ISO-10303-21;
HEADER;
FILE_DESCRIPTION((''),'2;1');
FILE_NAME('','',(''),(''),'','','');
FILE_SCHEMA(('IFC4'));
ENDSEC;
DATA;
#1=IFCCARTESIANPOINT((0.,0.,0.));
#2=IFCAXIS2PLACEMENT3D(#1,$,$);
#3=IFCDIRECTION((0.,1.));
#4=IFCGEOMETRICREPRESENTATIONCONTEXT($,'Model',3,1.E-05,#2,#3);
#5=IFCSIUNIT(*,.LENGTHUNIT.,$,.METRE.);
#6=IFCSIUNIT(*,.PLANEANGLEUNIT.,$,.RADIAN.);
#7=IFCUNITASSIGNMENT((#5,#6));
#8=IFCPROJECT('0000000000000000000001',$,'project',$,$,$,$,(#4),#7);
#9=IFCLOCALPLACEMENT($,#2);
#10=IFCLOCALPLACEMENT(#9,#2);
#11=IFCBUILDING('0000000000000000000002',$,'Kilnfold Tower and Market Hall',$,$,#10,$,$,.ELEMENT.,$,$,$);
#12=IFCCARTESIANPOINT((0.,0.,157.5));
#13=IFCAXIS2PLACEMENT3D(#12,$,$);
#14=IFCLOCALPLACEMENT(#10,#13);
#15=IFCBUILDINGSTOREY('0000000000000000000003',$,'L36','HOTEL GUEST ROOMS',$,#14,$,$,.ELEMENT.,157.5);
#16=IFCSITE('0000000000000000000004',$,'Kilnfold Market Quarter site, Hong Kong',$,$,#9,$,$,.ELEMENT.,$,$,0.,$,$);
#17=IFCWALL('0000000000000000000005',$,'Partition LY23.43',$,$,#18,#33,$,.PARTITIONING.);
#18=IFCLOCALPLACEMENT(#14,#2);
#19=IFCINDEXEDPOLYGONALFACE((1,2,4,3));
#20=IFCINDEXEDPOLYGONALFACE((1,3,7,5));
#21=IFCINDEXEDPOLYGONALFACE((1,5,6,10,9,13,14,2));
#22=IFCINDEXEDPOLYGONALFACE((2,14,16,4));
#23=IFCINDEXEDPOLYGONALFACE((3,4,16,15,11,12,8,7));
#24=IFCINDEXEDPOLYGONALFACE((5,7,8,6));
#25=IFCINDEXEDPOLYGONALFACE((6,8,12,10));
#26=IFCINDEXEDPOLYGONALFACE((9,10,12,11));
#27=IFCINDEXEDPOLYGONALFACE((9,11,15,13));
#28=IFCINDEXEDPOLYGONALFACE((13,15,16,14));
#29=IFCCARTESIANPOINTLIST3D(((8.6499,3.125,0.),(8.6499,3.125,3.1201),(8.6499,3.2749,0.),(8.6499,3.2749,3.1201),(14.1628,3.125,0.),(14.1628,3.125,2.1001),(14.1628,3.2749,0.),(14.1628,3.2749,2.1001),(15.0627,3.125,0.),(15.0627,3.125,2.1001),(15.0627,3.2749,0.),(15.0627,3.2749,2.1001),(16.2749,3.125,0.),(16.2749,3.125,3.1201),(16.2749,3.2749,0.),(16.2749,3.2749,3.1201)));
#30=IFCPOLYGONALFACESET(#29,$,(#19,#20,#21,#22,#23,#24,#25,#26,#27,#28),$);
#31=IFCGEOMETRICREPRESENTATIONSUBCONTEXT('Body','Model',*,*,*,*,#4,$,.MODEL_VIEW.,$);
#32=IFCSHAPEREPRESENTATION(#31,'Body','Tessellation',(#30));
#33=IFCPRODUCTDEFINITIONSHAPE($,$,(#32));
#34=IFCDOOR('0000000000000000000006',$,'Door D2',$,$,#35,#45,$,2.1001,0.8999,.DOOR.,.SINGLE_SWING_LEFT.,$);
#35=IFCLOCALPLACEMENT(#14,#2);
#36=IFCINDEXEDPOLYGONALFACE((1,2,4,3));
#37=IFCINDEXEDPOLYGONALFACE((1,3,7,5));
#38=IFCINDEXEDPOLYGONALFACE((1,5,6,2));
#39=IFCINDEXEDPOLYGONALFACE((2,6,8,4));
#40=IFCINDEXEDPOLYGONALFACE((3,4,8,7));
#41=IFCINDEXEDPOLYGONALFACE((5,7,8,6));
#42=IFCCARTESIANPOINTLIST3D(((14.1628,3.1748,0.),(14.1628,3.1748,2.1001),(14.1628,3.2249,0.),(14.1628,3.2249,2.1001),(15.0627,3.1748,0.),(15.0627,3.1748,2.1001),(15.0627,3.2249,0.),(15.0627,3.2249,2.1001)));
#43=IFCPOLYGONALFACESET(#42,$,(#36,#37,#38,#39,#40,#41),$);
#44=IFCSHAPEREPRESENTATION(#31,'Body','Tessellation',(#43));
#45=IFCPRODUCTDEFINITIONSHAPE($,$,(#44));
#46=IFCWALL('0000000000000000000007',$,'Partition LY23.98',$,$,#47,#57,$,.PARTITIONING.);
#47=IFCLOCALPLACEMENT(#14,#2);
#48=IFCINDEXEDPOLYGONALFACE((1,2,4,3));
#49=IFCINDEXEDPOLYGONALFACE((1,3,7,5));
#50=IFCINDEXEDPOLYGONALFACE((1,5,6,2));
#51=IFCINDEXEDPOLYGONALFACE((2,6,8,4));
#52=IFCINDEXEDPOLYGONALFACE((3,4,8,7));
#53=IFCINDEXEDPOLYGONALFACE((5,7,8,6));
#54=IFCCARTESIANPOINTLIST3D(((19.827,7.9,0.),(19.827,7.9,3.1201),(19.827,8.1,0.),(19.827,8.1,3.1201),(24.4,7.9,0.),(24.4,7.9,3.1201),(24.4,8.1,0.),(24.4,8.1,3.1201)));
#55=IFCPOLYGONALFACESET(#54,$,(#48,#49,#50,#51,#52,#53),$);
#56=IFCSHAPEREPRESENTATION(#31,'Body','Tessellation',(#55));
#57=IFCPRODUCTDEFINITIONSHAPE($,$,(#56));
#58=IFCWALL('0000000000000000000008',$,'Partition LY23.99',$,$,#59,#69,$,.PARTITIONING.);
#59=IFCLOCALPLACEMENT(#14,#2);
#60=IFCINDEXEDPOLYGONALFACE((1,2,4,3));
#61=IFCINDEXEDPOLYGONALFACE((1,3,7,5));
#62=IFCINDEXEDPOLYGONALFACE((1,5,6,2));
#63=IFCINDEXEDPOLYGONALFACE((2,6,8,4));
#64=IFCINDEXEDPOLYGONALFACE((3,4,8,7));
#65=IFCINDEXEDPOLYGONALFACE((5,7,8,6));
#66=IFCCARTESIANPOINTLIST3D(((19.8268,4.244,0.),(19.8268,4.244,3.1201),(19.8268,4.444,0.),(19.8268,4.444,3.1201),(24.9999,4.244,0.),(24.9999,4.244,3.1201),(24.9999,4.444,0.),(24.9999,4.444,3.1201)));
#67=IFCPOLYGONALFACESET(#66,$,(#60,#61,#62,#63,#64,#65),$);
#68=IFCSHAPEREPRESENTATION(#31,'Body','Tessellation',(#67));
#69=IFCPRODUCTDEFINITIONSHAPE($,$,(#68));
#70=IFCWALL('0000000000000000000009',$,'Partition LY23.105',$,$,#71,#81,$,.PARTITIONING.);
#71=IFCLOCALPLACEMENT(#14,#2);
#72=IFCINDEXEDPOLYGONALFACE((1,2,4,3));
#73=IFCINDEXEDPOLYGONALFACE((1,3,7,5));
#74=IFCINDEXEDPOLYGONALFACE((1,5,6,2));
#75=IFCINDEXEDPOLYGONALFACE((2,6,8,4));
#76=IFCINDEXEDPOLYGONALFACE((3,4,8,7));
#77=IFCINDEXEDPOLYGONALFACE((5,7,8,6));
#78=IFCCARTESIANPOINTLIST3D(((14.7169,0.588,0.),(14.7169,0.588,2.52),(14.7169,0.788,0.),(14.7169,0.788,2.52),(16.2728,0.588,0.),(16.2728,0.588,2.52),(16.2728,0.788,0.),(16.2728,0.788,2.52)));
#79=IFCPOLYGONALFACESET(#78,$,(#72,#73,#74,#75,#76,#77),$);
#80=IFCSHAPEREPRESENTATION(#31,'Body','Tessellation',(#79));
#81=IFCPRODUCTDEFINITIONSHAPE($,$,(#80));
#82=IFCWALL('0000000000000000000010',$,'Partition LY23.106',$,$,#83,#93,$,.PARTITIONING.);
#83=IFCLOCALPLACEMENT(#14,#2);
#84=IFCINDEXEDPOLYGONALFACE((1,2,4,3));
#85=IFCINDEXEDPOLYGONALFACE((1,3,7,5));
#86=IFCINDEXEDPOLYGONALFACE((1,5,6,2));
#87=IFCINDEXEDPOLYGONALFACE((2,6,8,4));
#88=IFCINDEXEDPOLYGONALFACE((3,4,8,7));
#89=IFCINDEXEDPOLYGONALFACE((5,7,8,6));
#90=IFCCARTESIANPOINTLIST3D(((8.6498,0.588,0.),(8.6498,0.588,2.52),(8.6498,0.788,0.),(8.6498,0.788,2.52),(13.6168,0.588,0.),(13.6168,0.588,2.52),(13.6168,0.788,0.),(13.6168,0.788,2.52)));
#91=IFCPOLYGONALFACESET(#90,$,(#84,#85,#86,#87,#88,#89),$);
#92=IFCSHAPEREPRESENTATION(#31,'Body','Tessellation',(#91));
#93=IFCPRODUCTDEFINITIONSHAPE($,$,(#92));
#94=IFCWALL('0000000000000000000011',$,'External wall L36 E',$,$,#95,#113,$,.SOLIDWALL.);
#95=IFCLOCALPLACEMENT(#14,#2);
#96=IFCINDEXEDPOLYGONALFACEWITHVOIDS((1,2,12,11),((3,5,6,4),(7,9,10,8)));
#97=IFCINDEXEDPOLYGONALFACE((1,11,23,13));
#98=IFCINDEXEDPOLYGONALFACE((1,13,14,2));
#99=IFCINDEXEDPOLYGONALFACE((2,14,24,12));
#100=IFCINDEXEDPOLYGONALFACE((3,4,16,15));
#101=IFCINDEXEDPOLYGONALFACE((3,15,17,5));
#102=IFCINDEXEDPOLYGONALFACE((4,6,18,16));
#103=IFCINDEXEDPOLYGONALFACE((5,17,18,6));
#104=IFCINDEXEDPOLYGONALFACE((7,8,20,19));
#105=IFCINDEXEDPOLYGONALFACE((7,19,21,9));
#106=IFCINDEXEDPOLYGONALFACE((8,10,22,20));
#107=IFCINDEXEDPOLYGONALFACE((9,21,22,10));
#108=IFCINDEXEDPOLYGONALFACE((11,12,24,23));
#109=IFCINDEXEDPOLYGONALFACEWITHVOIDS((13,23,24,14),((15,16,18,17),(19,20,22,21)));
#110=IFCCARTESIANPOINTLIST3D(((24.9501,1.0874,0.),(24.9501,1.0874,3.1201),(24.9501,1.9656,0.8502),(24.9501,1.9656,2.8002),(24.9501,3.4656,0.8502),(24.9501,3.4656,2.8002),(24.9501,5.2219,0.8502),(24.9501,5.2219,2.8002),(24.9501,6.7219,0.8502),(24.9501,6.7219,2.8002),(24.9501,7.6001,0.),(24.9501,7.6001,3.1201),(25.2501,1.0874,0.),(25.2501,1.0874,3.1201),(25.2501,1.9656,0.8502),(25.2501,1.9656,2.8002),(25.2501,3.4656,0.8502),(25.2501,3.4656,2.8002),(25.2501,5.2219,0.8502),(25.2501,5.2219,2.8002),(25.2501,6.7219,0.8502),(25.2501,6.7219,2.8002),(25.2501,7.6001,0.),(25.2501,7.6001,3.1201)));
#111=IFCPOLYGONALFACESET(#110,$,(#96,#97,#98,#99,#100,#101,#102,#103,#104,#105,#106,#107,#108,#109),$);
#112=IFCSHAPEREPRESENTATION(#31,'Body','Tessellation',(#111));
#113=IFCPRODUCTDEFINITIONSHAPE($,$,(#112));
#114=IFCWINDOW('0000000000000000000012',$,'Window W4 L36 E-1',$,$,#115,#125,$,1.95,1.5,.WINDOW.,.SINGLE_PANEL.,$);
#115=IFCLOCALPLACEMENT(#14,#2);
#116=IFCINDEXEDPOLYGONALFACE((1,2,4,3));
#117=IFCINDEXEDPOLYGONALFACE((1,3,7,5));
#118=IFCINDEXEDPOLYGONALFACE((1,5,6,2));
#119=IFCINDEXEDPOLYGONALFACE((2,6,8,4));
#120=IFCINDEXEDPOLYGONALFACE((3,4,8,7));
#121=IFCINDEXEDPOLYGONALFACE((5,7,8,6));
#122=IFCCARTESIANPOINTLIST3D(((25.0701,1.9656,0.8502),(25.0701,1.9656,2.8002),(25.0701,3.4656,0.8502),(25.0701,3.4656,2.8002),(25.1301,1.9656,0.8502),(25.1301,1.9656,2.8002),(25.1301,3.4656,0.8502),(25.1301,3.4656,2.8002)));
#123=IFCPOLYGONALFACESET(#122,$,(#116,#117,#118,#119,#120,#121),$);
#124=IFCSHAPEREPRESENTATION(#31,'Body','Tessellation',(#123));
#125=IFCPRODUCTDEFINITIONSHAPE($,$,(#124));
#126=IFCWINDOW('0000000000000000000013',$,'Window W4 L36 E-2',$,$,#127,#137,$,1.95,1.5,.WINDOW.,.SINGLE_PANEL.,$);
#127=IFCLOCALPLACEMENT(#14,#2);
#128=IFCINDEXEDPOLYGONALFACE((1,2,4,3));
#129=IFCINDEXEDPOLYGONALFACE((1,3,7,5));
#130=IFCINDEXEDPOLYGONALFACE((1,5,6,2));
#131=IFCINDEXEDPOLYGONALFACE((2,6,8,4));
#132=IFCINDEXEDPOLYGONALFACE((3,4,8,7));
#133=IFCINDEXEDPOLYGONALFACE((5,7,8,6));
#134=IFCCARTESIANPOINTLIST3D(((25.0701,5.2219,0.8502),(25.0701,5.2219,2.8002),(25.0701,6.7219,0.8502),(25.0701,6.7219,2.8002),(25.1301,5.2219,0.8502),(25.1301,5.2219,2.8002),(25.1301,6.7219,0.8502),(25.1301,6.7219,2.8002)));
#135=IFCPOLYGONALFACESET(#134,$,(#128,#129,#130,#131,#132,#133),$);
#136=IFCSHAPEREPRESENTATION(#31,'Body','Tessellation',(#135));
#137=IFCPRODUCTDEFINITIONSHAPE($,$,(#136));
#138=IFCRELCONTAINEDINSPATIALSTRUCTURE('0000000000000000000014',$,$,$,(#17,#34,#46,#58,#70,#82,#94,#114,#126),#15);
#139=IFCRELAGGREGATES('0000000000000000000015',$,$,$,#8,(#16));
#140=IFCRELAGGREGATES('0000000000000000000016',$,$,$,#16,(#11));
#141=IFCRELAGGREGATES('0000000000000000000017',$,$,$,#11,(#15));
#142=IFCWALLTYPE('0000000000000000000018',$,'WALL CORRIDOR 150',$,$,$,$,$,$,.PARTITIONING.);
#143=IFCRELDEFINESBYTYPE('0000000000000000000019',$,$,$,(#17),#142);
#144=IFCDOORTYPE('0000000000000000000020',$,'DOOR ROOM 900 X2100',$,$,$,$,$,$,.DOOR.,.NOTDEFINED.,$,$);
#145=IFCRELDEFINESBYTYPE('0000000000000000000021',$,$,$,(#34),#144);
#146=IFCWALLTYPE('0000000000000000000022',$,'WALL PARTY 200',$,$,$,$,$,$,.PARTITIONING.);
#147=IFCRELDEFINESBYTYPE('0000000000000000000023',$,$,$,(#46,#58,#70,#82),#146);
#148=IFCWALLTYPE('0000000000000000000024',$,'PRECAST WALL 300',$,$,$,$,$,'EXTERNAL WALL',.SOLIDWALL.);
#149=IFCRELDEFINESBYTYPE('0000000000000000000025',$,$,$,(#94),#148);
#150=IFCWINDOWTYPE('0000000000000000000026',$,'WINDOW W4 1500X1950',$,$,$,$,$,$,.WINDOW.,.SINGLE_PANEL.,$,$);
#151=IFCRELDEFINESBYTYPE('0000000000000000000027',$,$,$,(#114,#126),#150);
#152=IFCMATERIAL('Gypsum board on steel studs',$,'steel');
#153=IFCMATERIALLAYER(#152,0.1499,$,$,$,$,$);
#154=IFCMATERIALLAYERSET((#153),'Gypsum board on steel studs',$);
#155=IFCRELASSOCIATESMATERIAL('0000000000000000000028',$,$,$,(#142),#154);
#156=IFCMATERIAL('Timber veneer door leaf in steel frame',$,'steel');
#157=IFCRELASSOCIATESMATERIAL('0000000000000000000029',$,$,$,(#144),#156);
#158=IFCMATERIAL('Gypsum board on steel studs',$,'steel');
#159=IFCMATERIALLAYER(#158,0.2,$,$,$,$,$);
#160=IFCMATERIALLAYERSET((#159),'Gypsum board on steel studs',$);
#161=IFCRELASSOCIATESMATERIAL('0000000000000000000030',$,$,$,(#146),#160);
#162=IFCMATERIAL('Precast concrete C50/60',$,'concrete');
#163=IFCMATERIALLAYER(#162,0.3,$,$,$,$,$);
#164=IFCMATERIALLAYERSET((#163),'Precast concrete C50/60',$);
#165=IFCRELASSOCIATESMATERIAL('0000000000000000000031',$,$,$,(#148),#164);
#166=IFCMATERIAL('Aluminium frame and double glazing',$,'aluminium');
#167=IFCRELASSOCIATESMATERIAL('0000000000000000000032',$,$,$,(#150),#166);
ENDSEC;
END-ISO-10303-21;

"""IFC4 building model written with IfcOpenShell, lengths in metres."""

from ifc_helpers import new_model, si_unit, direction, frame, frame_2d, origin, place, context, subcontext, project, spatial, rectangle, extrude, source, transform, mapped, material, layer, layer_set, type_object, element, fill, save


model = new_model("IFC4")

# Units and contexts
model_context = context("Model", 3, precision=1e-05, world=origin(), true_north=direction((0.0, 1.0)))
body_context = subcontext(model_context, "Body", "Model", "MODEL_VIEW")
ifc_project = project(units=[si_unit("LENGTHUNIT", "METRE"), si_unit("PLANEANGLEUNIT", "RADIAN")], contexts=[model_context])

# Site, building, storey
site_placement = place(None, origin())
site = spatial("IfcSite", under=ifc_project, at=site_placement, Name="Kilnfold Market Quarter site, Hong Kong", CompositionType="ELEMENT", RefElevation=0.0)
building_placement = place(site_placement, origin())
building = spatial("IfcBuilding", under=site, at=building_placement, Name="Kilnfold Tower and Market Hall", CompositionType="ELEMENT")
storey_placement = place(building_placement, frame((0.0, 0.0, 157.5)))
storey = spatial("IfcBuildingStorey", under=building, at=storey_placement, Name="L36", Description="HOTEL GUEST ROOMS", CompositionType="ELEMENT", Elevation=157.5)

# Shared definitions
ifc_material_1 = material(Name="Gypsum board on steel studs", Category="steel")
ifc_layer_1 = layer(ifc_material_1, 0.1499)
ifc_layer_set_1 = layer_set([ifc_layer_1], Name="Gypsum board on steel studs")
wall_type_1 = type_object("IfcWallType", Name="WALL CORRIDOR 150", PredefinedType="PARTITIONING", material=ifc_layer_set_1)
ifc_material_2 = material(Name="Timber veneer door leaf in steel frame", Category="steel")
door_type_1 = type_object("IfcDoorType", Name="DOOR ROOM 900 X2100", OperationType="NOTDEFINED", PredefinedType="DOOR", material=ifc_material_2)

# Wall, opening, door
wall_1_placement = place(storey_placement, frame((8.6499, 3.2, 0.0), z_axis=(0.0, 0.0, 1.0), x_axis=(1.0, 0.0, 0.0)))
wall_1 = element("IfcWall", 1, at=wall_1_placement, inside=storey, type_object=wall_type_1, Name="Partition LY23.43", PredefinedType="PARTITIONING", context=body_context, shape_type="SweptSolid", body=[
    extrude(rectangle(XDim=7.625, YDim=0.1499, at=frame_2d((3.8125, 0.0))), origin(), (0.0, 0.0, 1.0), 3.1201),
])
opening_1_placement = place(wall_1_placement, frame((5.5129, 0.0, 0.0)))
opening_1 = element("IfcOpeningElement", 2, at=opening_1_placement, cuts=wall_1, PredefinedType="OPENING", context=body_context, shape_type="SweptSolid", body=[
    extrude(rectangle(XDim=0.8999, YDim=2.1001, at=frame_2d((0.45, 1.05))), frame((0.0, 0.085, 0.0), z_axis=(0.0, -1.0, 0.0), x_axis=(1.0, 0.0, 0.0)), (0.0, 0.0, 1.0), 0.1699),
])
door_1_placement = place(opening_1_placement, origin())
door_1 = element("IfcDoor", 3, at=door_1_placement, inside=storey, type_object=door_type_1, Name="Door D2", OperationType="SINGLE_SWING_LEFT", OverallHeight=2.1001, OverallWidth=0.8999, PredefinedType="DOOR", context=body_context, shape_type="SweptSolid", body=[
    extrude(rectangle(XDim=0.8999, YDim=2.1001, at=frame_2d((0.45, 1.05))), frame((0.0, 0.0249, 0.0), z_axis=(0.0, -1.0, 0.0), x_axis=(1.0, 0.0, 0.0)), (0.0, 0.0, 1.0), 0.05),
])
fill(opening_1, door_1)

# Walls
ifc_material_3 = material(Name="Gypsum board on steel studs", Category="steel")
ifc_layer_2 = layer(ifc_material_3, 0.2)
ifc_layer_set_2 = layer_set([ifc_layer_2], Name="Gypsum board on steel studs")
wall_type_2 = type_object("IfcWallType", Name="WALL PARTY 200", PredefinedType="PARTITIONING", material=ifc_layer_set_2)
wall_2_placement = place(storey_placement, frame((19.8269, 8.0, 0.0), z_axis=(0.0, 0.0, 1.0), x_axis=(1.0, 0.0, 0.0)))
element("IfcWall", 4, at=wall_2_placement, inside=storey, type_object=wall_type_2, Name="Partition LY23.98", PredefinedType="PARTITIONING", context=body_context, shape_type="SweptSolid", body=[
    extrude(rectangle(XDim=4.573, YDim=0.2, at=frame_2d((2.2866, 0.0))), origin(), (0.0, 0.0, 1.0), 3.1201),
])
wall_3_placement = place(storey_placement, frame((19.8269, 4.344, 0.0), z_axis=(0.0, 0.0, 1.0), x_axis=(1.0, 0.0, 0.0)))
element("IfcWall", 5, at=wall_3_placement, inside=storey, type_object=wall_type_2, Name="Partition LY23.99", PredefinedType="PARTITIONING", context=body_context, shape_type="SweptSolid", body=[
    extrude(rectangle(XDim=5.1731, YDim=0.2, at=frame_2d((2.5864, 0.0))), origin(), (0.0, 0.0, 1.0), 3.1201),
])
wall_4_placement = place(storey_placement, frame((14.717, 0.688, 0.0), z_axis=(0.0, 0.0, 1.0), x_axis=(1.0, 0.0, 0.0)))
element("IfcWall", 6, at=wall_4_placement, inside=storey, type_object=wall_type_2, Name="Partition LY23.105", PredefinedType="PARTITIONING", context=body_context, shape_type="SweptSolid", body=[
    extrude(rectangle(XDim=1.5559, YDim=0.2, at=frame_2d((0.7778, 0.0))), origin(), (0.0, 0.0, 1.0), 2.52),
])
wall_5_placement = place(storey_placement, frame((8.6499, 0.688, 0.0), z_axis=(0.0, 0.0, 1.0), x_axis=(1.0, 0.0, 0.0)))
element("IfcWall", 7, at=wall_5_placement, inside=storey, type_object=wall_type_2, Name="Partition LY23.106", PredefinedType="PARTITIONING", context=body_context, shape_type="SweptSolid", body=[
    extrude(rectangle(XDim=4.967, YDim=0.2, at=frame_2d((2.4834, 0.0))), origin(), (0.0, 0.0, 1.0), 2.52),
])

# Wall, openings, windows
ifc_material_4 = material(Name="Precast concrete C50/60", Category="concrete")
ifc_layer_3 = layer(ifc_material_4, 0.3)
ifc_layer_set_3 = layer_set([ifc_layer_3], Name="Precast concrete C50/60")
wall_type_3 = type_object("IfcWallType", Name="PRECAST WALL 300", ElementType="EXTERNAL WALL", PredefinedType="SOLIDWALL", material=ifc_layer_set_3)
shared_shape_1 = source(origin(), body_context, "Body", "SweptSolid", [
    extrude(rectangle(XDim=6.5127, YDim=0.3, at=frame_2d((3.2563, 0.0))), origin(), (0.0, 0.0, 1.0), 3.1201),
])
wall_6_placement = place(storey_placement, frame((25.1001, 1.0874, 0.0), z_axis=(0.0, 0.0, 1.0), x_axis=(0.0, 1.0, 0.0)))
wall_6 = element("IfcWall", 8, at=wall_6_placement, inside=storey, type_object=wall_type_3, Name="External wall L36 E", PredefinedType="SOLIDWALL", context=body_context, shape_type="MappedRepresentation", body=[
    mapped(shared_shape_1, transform((0.0, 0.0, 0.0))),
])
opening_2_placement = place(wall_6_placement, frame((0.8782, 0.0, 0.8501)))
opening_2 = element("IfcOpeningElement", 9, at=opening_2_placement, cuts=wall_6, PredefinedType="OPENING", context=body_context, shape_type="SweptSolid", body=[
    extrude(rectangle(XDim=1.5, YDim=1.95, at=frame_2d((0.75, 0.9751))), frame((0.0, 0.1602, 0.0), z_axis=(0.0, -1.0, 0.0), x_axis=(1.0, 0.0, 0.0)), (0.0, 0.0, 1.0), 0.3201),
])
opening_3_placement = place(wall_6_placement, frame((4.1345, 0.0, 0.8501)))
opening_3 = element("IfcOpeningElement", 10, at=opening_3_placement, cuts=wall_6, PredefinedType="OPENING", context=body_context, shape_type="SweptSolid", body=[
    extrude(rectangle(XDim=1.5, YDim=1.95, at=frame_2d((0.75, 0.9751))), frame((0.0, 0.1602, 0.0), z_axis=(0.0, -1.0, 0.0), x_axis=(1.0, 0.0, 0.0)), (0.0, 0.0, 1.0), 0.3201),
])
ifc_material_5 = material(Name="Aluminium frame and double glazing", Category="aluminium")
window_type = type_object("IfcWindowType", Name="WINDOW W4 1500X1950", PartitioningType="SINGLE_PANEL", PredefinedType="WINDOW", material=ifc_material_5)
window_1_placement = place(opening_2_placement, origin())
window_1 = element("IfcWindow", 11, at=window_1_placement, inside=storey, type_object=window_type, Name="Window W4 L36 E-1", OverallHeight=1.95, OverallWidth=1.5, PartitioningType="SINGLE_PANEL", PredefinedType="WINDOW", context=body_context, shape_type="SweptSolid", body=[
    extrude(rectangle(XDim=1.5, YDim=1.95, at=frame_2d((0.75, 0.9751))), frame((0.0, 0.03, 0.0), z_axis=(0.0, -1.0, 0.0), x_axis=(1.0, 0.0, 0.0)), (0.0, 0.0, 1.0), 0.0601),
])
fill(opening_2, window_1)
window_2_placement = place(opening_3_placement, origin())
window_2 = element("IfcWindow", 12, at=window_2_placement, inside=storey, type_object=window_type, Name="Window W4 L36 E-2", OverallHeight=1.95, OverallWidth=1.5, PartitioningType="SINGLE_PANEL", PredefinedType="WINDOW", context=body_context, shape_type="SweptSolid", body=[
    extrude(rectangle(XDim=1.5, YDim=1.95, at=frame_2d((0.75, 0.9751))), frame((0.0, 0.03, 0.0), z_axis=(0.0, -1.0, 0.0), x_axis=(1.0, 0.0, 0.0)), (0.0, 0.0, 1.0), 0.0601),
])
fill(opening_3, window_2)

save(model, "model.ifc")
